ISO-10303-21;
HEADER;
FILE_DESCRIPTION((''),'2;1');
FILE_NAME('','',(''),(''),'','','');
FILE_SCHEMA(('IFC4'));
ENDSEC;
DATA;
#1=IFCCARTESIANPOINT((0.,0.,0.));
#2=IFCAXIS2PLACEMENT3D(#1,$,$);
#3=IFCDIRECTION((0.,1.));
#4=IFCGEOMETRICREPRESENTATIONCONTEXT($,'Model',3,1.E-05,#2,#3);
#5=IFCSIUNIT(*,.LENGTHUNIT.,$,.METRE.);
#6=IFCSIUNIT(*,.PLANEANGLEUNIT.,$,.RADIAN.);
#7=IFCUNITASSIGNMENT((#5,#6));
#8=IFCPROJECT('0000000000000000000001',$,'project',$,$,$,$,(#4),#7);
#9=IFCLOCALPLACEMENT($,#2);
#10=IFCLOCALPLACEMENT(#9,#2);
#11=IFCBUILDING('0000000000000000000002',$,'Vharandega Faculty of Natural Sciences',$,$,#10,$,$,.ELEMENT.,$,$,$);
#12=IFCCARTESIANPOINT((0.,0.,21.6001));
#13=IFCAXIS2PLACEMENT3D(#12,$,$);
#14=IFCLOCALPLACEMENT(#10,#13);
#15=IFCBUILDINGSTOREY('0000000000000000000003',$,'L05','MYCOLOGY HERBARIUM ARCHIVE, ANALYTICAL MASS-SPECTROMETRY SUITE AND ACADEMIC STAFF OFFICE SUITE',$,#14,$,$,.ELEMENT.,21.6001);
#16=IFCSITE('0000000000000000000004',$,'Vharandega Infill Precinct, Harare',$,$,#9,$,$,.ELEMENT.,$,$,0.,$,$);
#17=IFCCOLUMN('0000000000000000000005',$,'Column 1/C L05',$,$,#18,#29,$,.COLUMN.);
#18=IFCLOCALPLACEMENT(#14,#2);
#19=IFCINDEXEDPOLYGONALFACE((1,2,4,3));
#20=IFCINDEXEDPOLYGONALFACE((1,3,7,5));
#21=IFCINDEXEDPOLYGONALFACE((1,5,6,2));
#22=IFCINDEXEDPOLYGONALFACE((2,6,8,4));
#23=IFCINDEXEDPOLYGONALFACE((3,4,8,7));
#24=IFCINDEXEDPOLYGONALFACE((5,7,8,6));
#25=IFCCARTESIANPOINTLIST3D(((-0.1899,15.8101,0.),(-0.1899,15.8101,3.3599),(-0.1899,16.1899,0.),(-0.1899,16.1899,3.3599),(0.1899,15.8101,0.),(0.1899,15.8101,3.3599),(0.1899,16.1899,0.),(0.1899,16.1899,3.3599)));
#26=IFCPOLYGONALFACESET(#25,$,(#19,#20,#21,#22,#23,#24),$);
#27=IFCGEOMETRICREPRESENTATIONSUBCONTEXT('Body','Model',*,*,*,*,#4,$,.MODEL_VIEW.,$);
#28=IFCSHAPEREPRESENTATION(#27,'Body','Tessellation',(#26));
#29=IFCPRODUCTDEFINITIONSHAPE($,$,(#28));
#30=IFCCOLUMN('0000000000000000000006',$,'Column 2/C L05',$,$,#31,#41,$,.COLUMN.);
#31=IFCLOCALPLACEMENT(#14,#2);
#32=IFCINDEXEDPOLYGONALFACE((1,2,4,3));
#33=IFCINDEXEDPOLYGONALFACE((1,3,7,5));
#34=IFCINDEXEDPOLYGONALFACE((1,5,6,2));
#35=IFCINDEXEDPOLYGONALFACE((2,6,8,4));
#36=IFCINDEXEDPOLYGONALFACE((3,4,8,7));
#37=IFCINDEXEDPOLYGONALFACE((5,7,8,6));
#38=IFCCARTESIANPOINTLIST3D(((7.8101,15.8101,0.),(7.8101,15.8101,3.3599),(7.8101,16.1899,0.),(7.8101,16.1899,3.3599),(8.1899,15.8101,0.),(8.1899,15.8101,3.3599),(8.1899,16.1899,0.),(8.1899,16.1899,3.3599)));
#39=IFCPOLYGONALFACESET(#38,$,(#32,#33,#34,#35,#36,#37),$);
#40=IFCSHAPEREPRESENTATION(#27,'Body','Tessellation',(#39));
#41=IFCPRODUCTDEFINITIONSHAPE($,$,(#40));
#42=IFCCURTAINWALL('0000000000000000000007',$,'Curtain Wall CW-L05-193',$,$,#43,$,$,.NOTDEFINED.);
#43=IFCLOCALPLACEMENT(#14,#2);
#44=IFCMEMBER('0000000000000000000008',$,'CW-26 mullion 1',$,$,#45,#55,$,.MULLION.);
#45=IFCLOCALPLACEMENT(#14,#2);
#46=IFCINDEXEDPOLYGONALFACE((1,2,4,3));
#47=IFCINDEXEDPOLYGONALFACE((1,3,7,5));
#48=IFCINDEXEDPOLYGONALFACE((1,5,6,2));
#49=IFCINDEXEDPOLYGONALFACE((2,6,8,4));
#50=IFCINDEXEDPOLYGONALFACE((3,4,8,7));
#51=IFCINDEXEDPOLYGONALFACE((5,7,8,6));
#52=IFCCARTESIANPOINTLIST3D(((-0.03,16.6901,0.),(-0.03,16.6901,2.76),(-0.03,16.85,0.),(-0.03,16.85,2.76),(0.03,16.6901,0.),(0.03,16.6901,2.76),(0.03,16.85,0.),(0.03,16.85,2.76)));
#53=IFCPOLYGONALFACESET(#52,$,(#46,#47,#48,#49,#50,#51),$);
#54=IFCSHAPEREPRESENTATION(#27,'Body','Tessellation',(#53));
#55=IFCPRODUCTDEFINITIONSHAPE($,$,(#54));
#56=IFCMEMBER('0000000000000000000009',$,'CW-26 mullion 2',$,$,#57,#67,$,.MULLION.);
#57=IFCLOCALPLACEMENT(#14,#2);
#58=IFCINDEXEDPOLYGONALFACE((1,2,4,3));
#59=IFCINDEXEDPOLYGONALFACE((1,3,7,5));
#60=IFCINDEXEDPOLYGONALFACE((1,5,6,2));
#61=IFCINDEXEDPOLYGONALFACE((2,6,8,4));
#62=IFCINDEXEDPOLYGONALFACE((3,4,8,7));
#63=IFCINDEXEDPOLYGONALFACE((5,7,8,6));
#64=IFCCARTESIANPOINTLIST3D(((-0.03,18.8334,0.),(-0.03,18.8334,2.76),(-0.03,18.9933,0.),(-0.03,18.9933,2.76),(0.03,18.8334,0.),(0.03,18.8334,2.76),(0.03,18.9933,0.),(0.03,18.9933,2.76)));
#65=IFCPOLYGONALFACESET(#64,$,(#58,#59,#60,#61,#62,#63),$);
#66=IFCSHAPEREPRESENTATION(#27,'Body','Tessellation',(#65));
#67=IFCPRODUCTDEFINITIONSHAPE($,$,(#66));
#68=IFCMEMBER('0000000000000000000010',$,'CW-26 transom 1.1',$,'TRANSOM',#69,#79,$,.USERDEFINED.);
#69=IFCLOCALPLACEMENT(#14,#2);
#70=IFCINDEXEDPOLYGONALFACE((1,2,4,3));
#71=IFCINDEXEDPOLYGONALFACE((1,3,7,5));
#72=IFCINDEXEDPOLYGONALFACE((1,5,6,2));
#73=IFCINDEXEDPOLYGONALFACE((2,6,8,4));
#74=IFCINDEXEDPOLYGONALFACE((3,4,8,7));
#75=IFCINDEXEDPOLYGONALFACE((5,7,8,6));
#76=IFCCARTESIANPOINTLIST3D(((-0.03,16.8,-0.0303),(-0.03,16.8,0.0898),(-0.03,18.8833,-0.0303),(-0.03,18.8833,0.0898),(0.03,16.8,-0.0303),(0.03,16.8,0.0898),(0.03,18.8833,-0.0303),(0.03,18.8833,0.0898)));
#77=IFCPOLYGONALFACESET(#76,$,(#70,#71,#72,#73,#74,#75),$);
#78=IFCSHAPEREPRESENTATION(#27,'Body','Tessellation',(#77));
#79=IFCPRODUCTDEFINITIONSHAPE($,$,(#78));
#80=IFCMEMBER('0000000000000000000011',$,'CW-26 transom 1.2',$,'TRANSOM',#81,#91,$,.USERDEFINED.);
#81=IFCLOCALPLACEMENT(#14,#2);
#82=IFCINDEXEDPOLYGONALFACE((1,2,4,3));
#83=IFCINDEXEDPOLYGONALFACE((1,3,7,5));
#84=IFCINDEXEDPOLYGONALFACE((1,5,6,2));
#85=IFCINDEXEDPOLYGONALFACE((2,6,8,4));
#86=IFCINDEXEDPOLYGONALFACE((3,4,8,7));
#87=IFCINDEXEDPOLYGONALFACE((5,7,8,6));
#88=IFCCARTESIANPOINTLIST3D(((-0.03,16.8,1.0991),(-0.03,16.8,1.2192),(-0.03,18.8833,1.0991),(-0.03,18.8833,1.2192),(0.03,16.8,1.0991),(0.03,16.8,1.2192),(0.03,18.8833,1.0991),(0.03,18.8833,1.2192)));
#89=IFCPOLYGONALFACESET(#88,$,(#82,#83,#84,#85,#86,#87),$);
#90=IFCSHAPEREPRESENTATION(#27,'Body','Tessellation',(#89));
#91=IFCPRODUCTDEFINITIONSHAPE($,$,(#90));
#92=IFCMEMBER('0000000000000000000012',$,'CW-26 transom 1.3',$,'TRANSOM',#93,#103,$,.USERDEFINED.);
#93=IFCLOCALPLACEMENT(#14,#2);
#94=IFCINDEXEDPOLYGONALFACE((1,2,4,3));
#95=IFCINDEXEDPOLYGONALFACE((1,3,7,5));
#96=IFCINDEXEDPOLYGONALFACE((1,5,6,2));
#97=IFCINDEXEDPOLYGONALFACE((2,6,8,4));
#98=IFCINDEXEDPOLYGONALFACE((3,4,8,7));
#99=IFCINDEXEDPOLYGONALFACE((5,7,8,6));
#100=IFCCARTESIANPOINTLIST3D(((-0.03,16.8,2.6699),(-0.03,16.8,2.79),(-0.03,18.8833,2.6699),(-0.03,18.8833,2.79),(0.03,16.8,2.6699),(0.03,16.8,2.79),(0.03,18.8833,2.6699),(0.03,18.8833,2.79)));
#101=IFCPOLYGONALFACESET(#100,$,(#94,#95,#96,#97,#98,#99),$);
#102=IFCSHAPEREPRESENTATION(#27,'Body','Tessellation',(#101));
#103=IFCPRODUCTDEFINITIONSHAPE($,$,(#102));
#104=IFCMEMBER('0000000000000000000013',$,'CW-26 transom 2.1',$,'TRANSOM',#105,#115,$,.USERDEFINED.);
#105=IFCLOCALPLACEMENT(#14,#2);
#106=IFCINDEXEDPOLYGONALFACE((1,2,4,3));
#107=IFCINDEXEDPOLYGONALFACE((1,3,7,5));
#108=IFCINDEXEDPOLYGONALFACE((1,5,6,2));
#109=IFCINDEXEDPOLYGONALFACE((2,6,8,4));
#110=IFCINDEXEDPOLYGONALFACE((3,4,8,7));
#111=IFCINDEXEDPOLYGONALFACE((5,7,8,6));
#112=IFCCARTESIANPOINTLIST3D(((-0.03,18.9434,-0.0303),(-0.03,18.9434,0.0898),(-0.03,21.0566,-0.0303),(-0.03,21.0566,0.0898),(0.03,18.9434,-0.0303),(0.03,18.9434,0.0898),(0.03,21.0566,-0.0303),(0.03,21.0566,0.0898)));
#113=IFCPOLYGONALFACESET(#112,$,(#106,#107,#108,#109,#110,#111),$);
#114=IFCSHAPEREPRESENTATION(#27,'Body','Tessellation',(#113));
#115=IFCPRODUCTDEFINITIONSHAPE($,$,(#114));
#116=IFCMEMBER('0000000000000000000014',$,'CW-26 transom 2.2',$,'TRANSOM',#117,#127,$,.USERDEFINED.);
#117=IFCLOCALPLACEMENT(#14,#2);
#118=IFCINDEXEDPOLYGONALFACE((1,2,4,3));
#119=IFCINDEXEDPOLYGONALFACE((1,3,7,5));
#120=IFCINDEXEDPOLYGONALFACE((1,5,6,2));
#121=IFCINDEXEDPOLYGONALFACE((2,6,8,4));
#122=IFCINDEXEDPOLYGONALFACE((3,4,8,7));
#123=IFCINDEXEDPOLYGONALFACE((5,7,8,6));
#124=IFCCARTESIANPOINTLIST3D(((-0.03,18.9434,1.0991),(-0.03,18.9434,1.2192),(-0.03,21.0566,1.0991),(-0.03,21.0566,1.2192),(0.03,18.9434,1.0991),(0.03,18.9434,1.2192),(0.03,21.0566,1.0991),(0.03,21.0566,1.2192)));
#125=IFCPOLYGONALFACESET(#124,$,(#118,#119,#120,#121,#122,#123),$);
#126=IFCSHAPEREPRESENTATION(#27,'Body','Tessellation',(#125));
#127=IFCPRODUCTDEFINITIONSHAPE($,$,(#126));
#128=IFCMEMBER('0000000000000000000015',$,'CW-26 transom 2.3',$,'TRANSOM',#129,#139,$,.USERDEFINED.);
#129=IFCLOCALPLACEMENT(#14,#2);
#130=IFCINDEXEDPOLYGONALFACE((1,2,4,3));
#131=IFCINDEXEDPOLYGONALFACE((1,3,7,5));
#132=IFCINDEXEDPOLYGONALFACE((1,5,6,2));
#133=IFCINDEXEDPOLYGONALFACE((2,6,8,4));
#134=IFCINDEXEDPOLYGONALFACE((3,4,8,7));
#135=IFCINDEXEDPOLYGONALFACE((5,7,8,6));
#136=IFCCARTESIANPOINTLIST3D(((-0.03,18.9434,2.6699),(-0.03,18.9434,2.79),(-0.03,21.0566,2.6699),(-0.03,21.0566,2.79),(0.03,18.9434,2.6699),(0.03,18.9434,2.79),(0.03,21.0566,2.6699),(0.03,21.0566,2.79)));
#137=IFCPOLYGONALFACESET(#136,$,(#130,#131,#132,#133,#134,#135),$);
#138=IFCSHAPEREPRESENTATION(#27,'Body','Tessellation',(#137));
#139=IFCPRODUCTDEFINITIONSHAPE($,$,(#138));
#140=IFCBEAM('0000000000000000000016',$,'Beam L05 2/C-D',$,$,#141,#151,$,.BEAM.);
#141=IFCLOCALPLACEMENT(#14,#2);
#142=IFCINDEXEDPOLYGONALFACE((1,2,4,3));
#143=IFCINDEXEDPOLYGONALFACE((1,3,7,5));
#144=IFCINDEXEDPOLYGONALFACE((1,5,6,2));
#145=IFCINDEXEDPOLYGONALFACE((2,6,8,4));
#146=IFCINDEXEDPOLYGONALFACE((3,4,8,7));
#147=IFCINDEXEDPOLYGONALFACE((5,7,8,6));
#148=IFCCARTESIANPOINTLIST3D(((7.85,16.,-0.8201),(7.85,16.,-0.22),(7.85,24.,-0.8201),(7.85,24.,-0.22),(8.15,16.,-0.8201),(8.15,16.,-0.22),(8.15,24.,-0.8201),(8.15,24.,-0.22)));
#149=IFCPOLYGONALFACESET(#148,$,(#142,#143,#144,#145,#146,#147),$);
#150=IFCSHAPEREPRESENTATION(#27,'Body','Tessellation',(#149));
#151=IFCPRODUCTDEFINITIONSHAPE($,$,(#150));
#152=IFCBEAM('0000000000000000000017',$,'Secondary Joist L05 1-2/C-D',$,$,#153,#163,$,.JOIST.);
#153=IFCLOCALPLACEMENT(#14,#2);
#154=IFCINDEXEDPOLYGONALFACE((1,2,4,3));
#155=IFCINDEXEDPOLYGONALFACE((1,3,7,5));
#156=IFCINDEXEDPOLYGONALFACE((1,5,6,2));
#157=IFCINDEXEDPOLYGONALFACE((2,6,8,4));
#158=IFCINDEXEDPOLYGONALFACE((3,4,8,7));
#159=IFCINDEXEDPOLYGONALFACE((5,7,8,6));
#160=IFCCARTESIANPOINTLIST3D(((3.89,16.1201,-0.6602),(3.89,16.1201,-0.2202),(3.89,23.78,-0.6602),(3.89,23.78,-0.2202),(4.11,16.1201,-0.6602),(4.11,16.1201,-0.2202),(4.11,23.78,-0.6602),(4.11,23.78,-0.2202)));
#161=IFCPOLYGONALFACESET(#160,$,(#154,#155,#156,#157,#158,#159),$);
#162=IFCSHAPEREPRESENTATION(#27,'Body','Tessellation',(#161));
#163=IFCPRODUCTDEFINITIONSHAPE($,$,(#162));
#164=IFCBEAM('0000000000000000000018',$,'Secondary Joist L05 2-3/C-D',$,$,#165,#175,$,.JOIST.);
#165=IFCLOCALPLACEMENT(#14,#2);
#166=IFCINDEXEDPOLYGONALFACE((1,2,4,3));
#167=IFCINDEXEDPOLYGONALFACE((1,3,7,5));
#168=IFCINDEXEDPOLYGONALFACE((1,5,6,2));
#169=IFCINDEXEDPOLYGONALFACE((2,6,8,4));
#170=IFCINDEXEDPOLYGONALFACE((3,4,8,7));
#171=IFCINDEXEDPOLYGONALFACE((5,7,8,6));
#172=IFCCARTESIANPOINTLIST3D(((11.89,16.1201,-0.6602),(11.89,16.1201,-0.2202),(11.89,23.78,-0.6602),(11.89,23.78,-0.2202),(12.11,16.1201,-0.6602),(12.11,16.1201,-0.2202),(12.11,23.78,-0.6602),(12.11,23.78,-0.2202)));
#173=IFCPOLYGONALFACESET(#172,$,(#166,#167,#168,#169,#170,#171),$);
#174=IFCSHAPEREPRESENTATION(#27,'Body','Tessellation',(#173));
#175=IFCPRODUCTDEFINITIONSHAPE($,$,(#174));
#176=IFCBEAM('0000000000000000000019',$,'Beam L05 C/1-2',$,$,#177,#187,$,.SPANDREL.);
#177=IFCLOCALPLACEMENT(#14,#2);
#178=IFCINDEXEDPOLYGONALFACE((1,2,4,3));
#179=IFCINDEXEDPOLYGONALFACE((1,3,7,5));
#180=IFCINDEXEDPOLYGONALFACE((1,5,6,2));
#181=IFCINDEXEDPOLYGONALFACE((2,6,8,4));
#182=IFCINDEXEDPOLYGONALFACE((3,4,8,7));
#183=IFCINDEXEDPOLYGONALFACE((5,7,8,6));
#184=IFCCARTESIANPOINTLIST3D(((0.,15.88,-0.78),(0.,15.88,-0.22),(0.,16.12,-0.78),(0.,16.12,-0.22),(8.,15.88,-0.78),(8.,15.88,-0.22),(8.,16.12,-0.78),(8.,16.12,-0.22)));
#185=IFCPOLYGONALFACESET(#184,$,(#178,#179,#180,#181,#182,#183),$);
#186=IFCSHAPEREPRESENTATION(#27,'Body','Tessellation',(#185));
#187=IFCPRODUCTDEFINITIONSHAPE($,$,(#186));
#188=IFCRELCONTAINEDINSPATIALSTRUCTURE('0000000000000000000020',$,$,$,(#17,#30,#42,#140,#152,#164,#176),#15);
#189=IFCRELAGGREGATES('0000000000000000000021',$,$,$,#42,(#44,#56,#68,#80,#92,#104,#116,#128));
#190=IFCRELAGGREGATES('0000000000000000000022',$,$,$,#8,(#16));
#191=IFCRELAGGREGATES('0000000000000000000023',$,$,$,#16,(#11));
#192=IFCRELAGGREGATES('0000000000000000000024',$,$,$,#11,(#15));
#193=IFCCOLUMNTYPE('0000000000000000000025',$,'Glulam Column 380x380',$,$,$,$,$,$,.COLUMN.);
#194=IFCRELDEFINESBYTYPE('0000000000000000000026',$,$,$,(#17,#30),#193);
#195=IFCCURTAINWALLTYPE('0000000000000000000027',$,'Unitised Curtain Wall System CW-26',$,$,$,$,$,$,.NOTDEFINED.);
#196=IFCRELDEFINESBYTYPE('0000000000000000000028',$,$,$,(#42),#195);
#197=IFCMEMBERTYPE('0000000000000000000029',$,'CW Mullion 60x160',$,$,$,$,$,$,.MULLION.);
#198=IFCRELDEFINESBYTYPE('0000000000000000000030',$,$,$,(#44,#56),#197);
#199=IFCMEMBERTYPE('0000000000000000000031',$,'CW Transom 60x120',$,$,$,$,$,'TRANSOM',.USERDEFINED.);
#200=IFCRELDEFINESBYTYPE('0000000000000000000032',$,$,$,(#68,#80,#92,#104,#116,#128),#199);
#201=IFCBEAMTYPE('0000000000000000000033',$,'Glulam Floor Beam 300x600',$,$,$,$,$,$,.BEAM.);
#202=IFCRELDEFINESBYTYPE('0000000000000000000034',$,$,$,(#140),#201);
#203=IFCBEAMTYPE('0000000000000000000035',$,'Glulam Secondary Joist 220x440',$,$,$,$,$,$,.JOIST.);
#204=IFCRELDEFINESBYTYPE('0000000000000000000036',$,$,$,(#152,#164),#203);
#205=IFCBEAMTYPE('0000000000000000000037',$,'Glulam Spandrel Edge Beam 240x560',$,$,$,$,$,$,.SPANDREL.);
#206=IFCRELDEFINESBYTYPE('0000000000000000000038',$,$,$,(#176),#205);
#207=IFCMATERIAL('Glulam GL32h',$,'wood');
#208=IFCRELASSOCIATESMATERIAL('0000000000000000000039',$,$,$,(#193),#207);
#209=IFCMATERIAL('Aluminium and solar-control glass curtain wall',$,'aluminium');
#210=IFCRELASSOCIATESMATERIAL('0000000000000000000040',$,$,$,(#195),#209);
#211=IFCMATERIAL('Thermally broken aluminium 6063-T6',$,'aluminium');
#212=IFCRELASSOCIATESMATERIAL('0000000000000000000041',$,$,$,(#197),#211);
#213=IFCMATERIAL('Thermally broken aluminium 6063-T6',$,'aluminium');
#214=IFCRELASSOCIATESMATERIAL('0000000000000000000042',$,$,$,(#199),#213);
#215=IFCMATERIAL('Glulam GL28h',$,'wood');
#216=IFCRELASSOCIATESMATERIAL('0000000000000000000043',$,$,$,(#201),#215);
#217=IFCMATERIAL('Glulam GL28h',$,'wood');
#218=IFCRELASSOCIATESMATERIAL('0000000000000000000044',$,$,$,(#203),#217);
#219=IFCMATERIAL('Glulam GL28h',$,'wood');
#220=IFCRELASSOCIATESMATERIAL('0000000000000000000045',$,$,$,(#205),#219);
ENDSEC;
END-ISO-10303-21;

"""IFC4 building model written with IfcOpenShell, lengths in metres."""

from ifc_helpers import new_model, si_unit, direction, frame, origin, origin_2d, place, context, subcontext, project, spatial, rectangle, extrude, material, material_profile, profile_set, type_object, element, aggregate, save


model = new_model("IFC4")

# Units and contexts
model_context = context("Model", 3, precision=1e-05, world=origin(), true_north=direction((0.0, 1.0)))
body_context = subcontext(model_context, "Body", "Model", "MODEL_VIEW")
ifc_project = project(units=[si_unit("LENGTHUNIT", "METRE"), si_unit("PLANEANGLEUNIT", "RADIAN")], contexts=[model_context])

# Site, building, storey
site_placement = place(None, origin())
site = spatial("IfcSite", under=ifc_project, at=site_placement, Name="Vharandega Infill Precinct, Harare", CompositionType="ELEMENT", RefElevation=0.0)
building_placement = place(site_placement, origin())
building = spatial("IfcBuilding", under=site, at=building_placement, Name="Vharandega Faculty of Natural Sciences", CompositionType="ELEMENT")
storey_placement = place(building_placement, frame((0.0, 0.0, 21.6001)))
storey = spatial("IfcBuildingStorey", under=building, at=storey_placement, Name="L05", Description="MYCOLOGY HERBARIUM ARCHIVE, ANALYTICAL MASS-SPECTROMETRY SUITE AND ACADEMIC STAFF OFFICE SUITE", CompositionType="ELEMENT", Elevation=21.6001)

# Columns
ifc_material_1 = material(Name="Glulam GL32h", Category="wood")
ifc_material_profile_1 = material_profile(ifc_material_1, rectangle(XDim=0.3799, YDim=0.3799, at=origin_2d()), Name="GL32h 380x380")
ifc_profile_set_1 = profile_set([ifc_material_profile_1], Name="Glulam GL32h")
column_type = type_object("IfcColumnType", Name="Glulam Column 380x380", PredefinedType="COLUMN", material=ifc_profile_set_1)
for number, where, z_axis, x_axis, name in (
    (1, (0.0, 16.0, 0.0), (0.0, 0.0, 1.0), (1.0, 0.0, 0.0), "Column 1/C L05"),
    (2, (8.0, 16.0, 0.0), (0.0, 0.0, 1.0), (1.0, 0.0, 0.0), "Column 2/C L05"),
):
    element("IfcColumn", number, at=place(storey_placement, frame(where, z_axis=z_axis, x_axis=x_axis)), inside=storey, type_object=column_type, Name=name, PredefinedType="COLUMN", context=body_context, shape_type="SweptSolid", body=[
        extrude(rectangle(XDim=0.3799, YDim=0.3799, at=origin_2d()), origin(), (0.0, 0.0, 1.0), 3.3599),
    ])

# Curtain wall, members
ifc_material_2 = material(Name="Aluminium and solar-control glass curtain wall", Category="aluminium")
curtain_wall_type = type_object("IfcCurtainWallType", Name="Unitised Curtain Wall System CW-26", PredefinedType="NOTDEFINED", material=ifc_material_2)
curtain_wall_placement = place(storey_placement, origin())
curtain_wall = element("IfcCurtainWall", 3, at=curtain_wall_placement, inside=storey, type_object=curtain_wall_type, Name="Curtain Wall CW-L05-193", PredefinedType="NOTDEFINED")
ifc_material_3 = material(Name="Thermally broken aluminium 6063-T6", Category="aluminium")
ifc_material_profile_2 = material_profile(ifc_material_3, rectangle(XDim=0.0601, YDim=0.1599, at=origin_2d()), Name="ALU 60x160")
ifc_profile_set_2 = profile_set([ifc_material_profile_2], Name="Thermally broken aluminium 6063-T6")
member_type_1 = type_object("IfcMemberType", Name="CW Mullion 60x160", PredefinedType="MULLION", material=ifc_profile_set_2)
member_1_placement = place(storey_placement, frame((0.0, 16.77, 0.0), z_axis=(0.0, 0.0, 1.0), x_axis=(-1.0, 0.0, 0.0)))
member_1 = element("IfcMember", 4, at=member_1_placement, type_object=member_type_1, Name="CW-26 mullion 1", PredefinedType="MULLION", context=body_context, shape_type="SweptSolid", body=[
    extrude(rectangle(XDim=0.0601, YDim=0.1599, at=origin_2d()), origin(), (0.0, 0.0, 1.0), 2.76),
])
member_2_placement = place(storey_placement, frame((0.0, 18.9133, 0.0), z_axis=(0.0, 0.0, 1.0), x_axis=(-1.0, 0.0, 0.0)))
member_2 = element("IfcMember", 5, at=member_2_placement, type_object=member_type_1, Name="CW-26 mullion 2", PredefinedType="MULLION", context=body_context, shape_type="SweptSolid", body=[
    extrude(rectangle(XDim=0.0601, YDim=0.1599, at=origin_2d()), origin(), (0.0, 0.0, 1.0), 2.76),
])
ifc_material_4 = material(Name="Thermally broken aluminium 6063-T6", Category="aluminium")
ifc_material_profile_3 = material_profile(ifc_material_4, rectangle(XDim=0.0601, YDim=0.1201, at=origin_2d()), Name="ALU 60x120")
ifc_profile_set_3 = profile_set([ifc_material_profile_3], Name="Thermally broken aluminium 6063-T6")
member_type_2 = type_object("IfcMemberType", Name="CW Transom 60x120", ElementType="TRANSOM", PredefinedType="USERDEFINED", material=ifc_profile_set_3)
member_3_placement = place(storey_placement, frame((0.0, 16.8, 0.0298), z_axis=(0.0, 1.0, 0.0), x_axis=(-1.0, 0.0, 0.0)))
member_3 = element("IfcMember", 6, at=member_3_placement, type_object=member_type_2, Name="CW-26 transom 1.1", ObjectType="TRANSOM", PredefinedType="USERDEFINED", context=body_context, shape_type="SweptSolid", body=[
    extrude(rectangle(XDim=0.0601, YDim=0.1201, at=origin_2d()), origin(), (0.0, 0.0, 1.0), 2.0833),
])
member_4_placement = place(storey_placement, frame((0.0, 16.8, 1.1592), z_axis=(0.0, 1.0, 0.0), x_axis=(-1.0, 0.0, 0.0)))
member_4 = element("IfcMember", 7, at=member_4_placement, type_object=member_type_2, Name="CW-26 transom 1.2", ObjectType="TRANSOM", PredefinedType="USERDEFINED", context=body_context, shape_type="SweptSolid", body=[
    extrude(rectangle(XDim=0.0601, YDim=0.1201, at=origin_2d()), origin(), (0.0, 0.0, 1.0), 2.0833),
])
member_5_placement = place(storey_placement, frame((0.0, 16.8, 2.73), z_axis=(0.0, 1.0, 0.0), x_axis=(-1.0, 0.0, 0.0)))
member_5 = element("IfcMember", 8, at=member_5_placement, type_object=member_type_2, Name="CW-26 transom 1.3", ObjectType="TRANSOM", PredefinedType="USERDEFINED", context=body_context, shape_type="SweptSolid", body=[
    extrude(rectangle(XDim=0.0601, YDim=0.1201, at=origin_2d()), origin(), (0.0, 0.0, 1.0), 2.0833),
])
member_6_placement = place(storey_placement, frame((0.0, 18.9434, 0.0298), z_axis=(0.0, 1.0, 0.0), x_axis=(-1.0, 0.0, 0.0)))
member_6 = element("IfcMember", 9, at=member_6_placement, type_object=member_type_2, Name="CW-26 transom 2.1", ObjectType="TRANSOM", PredefinedType="USERDEFINED", context=body_context, shape_type="SweptSolid", body=[
    extrude(rectangle(XDim=0.0601, YDim=0.1201, at=origin_2d()), origin(), (0.0, 0.0, 1.0), 2.1133),
])
member_7_placement = place(storey_placement, frame((0.0, 18.9434, 1.1592), z_axis=(0.0, 1.0, 0.0), x_axis=(-1.0, 0.0, 0.0)))
member_7 = element("IfcMember", 10, at=member_7_placement, type_object=member_type_2, Name="CW-26 transom 2.2", ObjectType="TRANSOM", PredefinedType="USERDEFINED", context=body_context, shape_type="SweptSolid", body=[
    extrude(rectangle(XDim=0.0601, YDim=0.1201, at=origin_2d()), origin(), (0.0, 0.0, 1.0), 2.1133),
])
member_8_placement = place(storey_placement, frame((0.0, 18.9434, 2.73), z_axis=(0.0, 1.0, 0.0), x_axis=(-1.0, 0.0, 0.0)))
member_8 = element("IfcMember", 11, at=member_8_placement, type_object=member_type_2, Name="CW-26 transom 2.3", ObjectType="TRANSOM", PredefinedType="USERDEFINED", context=body_context, shape_type="SweptSolid", body=[
    extrude(rectangle(XDim=0.0601, YDim=0.1201, at=origin_2d()), origin(), (0.0, 0.0, 1.0), 2.1133),
])

# Beams
ifc_material_5 = material(Name="Glulam GL28h", Category="wood")
ifc_material_profile_4 = material_profile(ifc_material_5, rectangle(XDim=0.3, YDim=0.6001, at=origin_2d()), Name="GL28h 300x600")
ifc_profile_set_4 = profile_set([ifc_material_profile_4], Name="Glulam GL28h")
beam_type_1 = type_object("IfcBeamType", Name="Glulam Floor Beam 300x600", PredefinedType="BEAM", material=ifc_profile_set_4)
beam_1_placement = place(storey_placement, frame((8.0, 16.0, -0.52), z_axis=(0.0, 1.0, 0.0), x_axis=(-1.0, 0.0, 0.0)))
element("IfcBeam", 12, at=beam_1_placement, inside=storey, type_object=beam_type_1, Name="Beam L05 2/C-D", PredefinedType="BEAM", context=body_context, shape_type="SweptSolid", body=[
    extrude(rectangle(XDim=0.3, YDim=0.6001, at=origin_2d()), origin(), (0.0, 0.0, 1.0), 8.0),
])
ifc_material_6 = material(Name="Glulam GL28h", Category="wood")
ifc_material_profile_5 = material_profile(ifc_material_6, rectangle(XDim=0.22, YDim=0.4399, at=origin_2d()), Name="GL28h 220x440")
ifc_profile_set_5 = profile_set([ifc_material_profile_5], Name="Glulam GL28h")
beam_type_2 = type_object("IfcBeamType", Name="Glulam Secondary Joist 220x440", PredefinedType="JOIST", material=ifc_profile_set_5)
for number, where, z_axis, x_axis, name in (
    (13, (4.0, 16.1201, -0.4402), (0.0, 1.0, 0.0), (-1.0, 0.0, 0.0), "Secondary Joist L05 1-2/C-D"),
    (14, (12.0, 16.1201, -0.4402), (0.0, 1.0, 0.0), (-1.0, 0.0, 0.0), "Secondary Joist L05 2-3/C-D"),
):
    element("IfcBeam", number, at=place(storey_placement, frame(where, z_axis=z_axis, x_axis=x_axis)), inside=storey, type_object=beam_type_2, Name=name, PredefinedType="JOIST", context=body_context, shape_type="SweptSolid", body=[
        extrude(rectangle(XDim=0.22, YDim=0.4399, at=origin_2d()), origin(), (0.0, 0.0, 1.0), 7.6599),
    ])
ifc_material_7 = material(Name="Glulam GL28h", Category="wood")
ifc_material_profile_6 = material_profile(ifc_material_7, rectangle(XDim=0.24, YDim=0.5601, at=origin_2d()), Name="GL28h 240x560")
ifc_profile_set_6 = profile_set([ifc_material_profile_6], Name="Glulam GL28h")
beam_type_3 = type_object("IfcBeamType", Name="Glulam Spandrel Edge Beam 240x560", PredefinedType="SPANDREL", material=ifc_profile_set_6)
for number, where, z_axis, x_axis, name in (
    (15, (0.0, 16.0, -0.5), (1.0, 0.0, 0.0), (0.0, 1.0, 0.0), "Beam L05 C/1-2"),
):
    element("IfcBeam", number, at=place(storey_placement, frame(where, z_axis=z_axis, x_axis=x_axis)), inside=storey, type_object=beam_type_3, Name=name, PredefinedType="SPANDREL", context=body_context, shape_type="SweptSolid", body=[
        extrude(rectangle(XDim=0.24, YDim=0.5601, at=origin_2d()), origin(), (0.0, 0.0, 1.0), 8.0),
    ])

aggregate(curtain_wall, [member_1, member_2, member_3, member_4, member_5, member_6, member_7, member_8])

save(model, "model.ifc")
